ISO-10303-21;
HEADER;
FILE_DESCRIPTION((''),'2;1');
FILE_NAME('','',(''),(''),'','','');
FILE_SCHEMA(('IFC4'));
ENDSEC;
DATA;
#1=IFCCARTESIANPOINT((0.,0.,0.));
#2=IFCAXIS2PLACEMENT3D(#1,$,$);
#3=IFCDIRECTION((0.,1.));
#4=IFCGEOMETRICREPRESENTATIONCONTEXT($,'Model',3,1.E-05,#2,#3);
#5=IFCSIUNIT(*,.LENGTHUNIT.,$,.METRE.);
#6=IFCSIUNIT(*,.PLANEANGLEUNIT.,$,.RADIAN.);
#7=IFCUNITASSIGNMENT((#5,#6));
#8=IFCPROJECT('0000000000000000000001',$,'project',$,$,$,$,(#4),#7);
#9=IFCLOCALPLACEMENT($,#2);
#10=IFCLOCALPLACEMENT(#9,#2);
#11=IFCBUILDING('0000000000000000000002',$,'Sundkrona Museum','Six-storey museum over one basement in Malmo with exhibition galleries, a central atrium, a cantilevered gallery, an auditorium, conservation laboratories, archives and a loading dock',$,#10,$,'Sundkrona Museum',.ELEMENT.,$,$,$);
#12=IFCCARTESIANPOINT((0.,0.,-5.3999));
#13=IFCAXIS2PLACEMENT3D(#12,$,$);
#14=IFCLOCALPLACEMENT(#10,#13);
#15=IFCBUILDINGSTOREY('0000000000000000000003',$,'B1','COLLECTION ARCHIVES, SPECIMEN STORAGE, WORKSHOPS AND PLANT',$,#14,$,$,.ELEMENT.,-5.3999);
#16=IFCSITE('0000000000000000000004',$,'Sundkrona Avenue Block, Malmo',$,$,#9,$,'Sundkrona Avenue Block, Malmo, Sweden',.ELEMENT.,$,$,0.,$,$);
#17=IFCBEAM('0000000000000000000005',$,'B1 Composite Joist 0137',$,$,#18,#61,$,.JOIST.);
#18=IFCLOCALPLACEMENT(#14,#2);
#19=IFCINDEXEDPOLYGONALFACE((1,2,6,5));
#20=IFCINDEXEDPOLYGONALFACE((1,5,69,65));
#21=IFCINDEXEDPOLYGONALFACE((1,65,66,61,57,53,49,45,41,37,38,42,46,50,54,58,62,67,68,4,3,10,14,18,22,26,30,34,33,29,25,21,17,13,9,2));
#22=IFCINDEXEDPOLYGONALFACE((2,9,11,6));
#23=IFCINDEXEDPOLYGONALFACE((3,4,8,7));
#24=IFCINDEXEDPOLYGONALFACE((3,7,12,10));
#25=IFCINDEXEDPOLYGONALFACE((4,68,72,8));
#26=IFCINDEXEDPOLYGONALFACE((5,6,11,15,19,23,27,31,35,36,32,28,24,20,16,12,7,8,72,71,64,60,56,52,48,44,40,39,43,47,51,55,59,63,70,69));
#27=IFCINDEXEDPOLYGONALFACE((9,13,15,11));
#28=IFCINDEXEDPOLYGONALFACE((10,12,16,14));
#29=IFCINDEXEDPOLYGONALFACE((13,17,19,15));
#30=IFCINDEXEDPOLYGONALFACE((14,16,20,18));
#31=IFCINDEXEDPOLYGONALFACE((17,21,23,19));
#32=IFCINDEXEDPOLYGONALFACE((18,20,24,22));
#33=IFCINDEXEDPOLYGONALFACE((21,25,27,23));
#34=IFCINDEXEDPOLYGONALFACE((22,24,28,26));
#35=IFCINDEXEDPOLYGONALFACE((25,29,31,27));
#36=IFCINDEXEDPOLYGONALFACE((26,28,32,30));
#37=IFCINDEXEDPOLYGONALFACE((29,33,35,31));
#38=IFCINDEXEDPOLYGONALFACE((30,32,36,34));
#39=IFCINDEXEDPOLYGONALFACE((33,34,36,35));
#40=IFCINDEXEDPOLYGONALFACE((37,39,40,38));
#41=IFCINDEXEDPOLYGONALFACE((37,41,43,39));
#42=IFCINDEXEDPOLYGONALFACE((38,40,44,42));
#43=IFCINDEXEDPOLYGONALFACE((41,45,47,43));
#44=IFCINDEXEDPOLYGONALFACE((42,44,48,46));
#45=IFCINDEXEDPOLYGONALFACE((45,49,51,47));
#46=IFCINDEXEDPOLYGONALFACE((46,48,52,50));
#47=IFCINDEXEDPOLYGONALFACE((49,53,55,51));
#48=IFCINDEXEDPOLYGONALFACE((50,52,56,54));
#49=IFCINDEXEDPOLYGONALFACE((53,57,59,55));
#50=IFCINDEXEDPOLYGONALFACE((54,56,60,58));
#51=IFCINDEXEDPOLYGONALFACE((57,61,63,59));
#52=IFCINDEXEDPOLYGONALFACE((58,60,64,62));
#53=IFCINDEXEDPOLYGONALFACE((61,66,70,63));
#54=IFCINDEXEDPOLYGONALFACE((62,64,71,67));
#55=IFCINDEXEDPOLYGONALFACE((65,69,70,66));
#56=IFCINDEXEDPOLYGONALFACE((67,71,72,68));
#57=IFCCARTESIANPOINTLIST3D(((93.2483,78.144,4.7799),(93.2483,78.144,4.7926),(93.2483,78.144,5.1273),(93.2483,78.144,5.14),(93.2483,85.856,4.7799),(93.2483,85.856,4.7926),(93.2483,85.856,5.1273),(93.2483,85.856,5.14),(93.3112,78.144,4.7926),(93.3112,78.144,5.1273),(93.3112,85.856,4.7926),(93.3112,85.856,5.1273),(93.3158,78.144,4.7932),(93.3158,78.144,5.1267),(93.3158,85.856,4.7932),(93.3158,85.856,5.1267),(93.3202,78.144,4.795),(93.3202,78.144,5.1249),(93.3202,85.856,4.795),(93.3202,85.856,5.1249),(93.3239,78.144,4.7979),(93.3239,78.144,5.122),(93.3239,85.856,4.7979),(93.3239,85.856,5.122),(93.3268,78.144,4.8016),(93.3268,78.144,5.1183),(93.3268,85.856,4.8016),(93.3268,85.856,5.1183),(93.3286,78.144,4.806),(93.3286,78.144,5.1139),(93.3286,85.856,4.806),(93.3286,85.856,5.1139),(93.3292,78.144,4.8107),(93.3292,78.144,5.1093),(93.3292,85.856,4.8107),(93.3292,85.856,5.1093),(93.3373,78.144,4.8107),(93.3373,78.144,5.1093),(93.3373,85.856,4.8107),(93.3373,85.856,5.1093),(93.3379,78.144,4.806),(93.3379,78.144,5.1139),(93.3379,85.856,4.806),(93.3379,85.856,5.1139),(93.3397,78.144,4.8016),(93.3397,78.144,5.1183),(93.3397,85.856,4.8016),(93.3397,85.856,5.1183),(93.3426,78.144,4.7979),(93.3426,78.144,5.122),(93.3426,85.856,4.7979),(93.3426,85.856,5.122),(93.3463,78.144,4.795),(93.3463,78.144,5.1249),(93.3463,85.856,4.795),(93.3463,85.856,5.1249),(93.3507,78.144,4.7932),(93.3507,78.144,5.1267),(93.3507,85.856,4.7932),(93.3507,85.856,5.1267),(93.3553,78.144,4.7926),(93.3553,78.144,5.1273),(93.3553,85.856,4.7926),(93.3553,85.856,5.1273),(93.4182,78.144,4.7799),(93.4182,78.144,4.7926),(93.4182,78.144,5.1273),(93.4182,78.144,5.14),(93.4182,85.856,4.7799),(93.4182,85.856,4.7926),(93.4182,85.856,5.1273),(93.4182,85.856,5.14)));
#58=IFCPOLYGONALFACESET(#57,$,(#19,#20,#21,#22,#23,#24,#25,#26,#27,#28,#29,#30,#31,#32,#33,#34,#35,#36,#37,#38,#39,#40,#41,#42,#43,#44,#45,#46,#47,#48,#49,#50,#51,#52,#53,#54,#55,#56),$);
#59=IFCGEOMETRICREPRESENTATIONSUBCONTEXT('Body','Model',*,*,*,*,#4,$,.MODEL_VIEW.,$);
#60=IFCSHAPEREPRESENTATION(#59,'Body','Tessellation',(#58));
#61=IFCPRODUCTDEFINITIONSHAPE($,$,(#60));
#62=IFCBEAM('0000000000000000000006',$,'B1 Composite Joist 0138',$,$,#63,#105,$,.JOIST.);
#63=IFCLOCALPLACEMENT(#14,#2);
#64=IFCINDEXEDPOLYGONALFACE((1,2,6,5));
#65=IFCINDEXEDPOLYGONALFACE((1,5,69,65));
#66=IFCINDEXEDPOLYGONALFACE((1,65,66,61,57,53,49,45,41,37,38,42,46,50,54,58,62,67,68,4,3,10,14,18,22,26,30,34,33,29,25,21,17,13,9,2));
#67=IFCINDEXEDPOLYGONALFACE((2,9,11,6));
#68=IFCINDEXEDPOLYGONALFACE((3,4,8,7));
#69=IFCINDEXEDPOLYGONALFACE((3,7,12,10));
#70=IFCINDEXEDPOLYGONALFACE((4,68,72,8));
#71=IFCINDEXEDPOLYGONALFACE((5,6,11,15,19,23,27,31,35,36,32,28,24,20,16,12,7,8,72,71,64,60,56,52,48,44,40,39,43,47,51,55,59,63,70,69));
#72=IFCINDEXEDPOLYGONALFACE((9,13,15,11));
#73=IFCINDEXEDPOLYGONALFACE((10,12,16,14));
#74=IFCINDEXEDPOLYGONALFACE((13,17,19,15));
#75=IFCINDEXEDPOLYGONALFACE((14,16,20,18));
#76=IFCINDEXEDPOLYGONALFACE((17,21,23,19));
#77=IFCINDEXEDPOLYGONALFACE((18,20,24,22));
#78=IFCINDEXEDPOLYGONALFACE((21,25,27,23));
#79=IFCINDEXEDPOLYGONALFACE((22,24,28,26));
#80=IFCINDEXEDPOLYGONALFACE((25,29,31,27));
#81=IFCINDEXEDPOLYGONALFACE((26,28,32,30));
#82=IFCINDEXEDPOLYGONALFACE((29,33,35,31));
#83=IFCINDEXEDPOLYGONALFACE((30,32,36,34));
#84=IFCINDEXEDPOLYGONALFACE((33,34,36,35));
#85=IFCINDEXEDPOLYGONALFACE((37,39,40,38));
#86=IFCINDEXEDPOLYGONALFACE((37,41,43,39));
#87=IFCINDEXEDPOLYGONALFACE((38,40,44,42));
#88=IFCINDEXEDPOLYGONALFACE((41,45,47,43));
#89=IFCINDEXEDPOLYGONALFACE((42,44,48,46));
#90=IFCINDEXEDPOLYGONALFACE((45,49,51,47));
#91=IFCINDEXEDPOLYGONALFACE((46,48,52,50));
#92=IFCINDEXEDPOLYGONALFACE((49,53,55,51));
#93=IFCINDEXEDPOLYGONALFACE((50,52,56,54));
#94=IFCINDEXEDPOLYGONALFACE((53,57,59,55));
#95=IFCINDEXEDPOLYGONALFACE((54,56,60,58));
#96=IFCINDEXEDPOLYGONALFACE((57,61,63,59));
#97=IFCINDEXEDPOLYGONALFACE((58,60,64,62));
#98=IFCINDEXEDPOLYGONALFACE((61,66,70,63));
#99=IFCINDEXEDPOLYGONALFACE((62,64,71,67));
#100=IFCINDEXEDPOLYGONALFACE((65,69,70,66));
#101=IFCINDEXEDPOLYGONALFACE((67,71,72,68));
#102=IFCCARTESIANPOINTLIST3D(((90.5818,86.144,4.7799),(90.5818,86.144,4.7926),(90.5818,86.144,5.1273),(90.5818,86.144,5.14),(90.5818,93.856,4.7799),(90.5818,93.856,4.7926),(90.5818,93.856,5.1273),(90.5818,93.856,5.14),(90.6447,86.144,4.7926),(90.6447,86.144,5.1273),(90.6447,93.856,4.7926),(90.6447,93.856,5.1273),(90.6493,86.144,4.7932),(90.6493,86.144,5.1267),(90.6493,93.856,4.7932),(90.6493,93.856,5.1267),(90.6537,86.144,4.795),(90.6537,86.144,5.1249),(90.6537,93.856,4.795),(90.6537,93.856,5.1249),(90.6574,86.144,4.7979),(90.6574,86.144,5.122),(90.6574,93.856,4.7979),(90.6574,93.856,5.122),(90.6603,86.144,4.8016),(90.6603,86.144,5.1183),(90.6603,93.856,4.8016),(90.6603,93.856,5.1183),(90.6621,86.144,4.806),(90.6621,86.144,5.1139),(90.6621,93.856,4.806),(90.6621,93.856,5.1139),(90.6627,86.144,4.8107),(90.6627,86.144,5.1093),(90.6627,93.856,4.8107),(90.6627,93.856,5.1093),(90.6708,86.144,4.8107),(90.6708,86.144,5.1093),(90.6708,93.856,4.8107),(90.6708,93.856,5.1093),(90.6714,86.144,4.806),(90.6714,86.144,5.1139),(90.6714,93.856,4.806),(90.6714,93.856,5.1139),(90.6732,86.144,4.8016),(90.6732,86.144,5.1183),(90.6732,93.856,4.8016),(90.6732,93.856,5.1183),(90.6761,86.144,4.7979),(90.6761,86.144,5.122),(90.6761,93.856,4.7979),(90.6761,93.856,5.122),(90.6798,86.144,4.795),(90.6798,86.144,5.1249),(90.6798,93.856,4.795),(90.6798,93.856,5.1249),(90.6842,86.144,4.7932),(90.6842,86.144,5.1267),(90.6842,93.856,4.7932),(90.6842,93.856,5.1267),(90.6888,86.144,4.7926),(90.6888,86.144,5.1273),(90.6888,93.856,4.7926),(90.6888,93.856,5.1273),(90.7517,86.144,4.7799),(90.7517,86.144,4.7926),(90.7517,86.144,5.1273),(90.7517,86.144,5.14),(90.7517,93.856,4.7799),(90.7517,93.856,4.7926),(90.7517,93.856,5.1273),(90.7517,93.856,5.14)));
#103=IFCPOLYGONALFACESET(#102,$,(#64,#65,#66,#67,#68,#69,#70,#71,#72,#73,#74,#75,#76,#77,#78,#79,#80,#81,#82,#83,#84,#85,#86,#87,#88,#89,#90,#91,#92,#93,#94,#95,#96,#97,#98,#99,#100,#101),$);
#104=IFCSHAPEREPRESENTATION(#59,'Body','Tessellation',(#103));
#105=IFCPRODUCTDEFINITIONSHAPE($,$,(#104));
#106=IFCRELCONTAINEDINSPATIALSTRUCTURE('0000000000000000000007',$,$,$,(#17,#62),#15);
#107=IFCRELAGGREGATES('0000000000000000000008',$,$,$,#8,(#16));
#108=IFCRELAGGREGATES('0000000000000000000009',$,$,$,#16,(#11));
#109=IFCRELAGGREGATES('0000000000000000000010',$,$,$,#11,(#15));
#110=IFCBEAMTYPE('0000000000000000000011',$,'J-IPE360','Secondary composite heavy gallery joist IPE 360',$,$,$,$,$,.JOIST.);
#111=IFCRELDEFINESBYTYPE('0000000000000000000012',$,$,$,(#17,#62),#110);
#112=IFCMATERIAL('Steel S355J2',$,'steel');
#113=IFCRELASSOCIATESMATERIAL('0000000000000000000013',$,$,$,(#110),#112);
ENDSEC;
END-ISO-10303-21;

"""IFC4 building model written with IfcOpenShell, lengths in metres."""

from ifc_helpers import new_model, si_unit, direction, frame, origin, origin_2d, place, context, subcontext, project, spatial, i_section, extrude, material, material_profile, profile_set, type_object, element, save


model = new_model("IFC4")

# Units and contexts
model_context = context("Model", 3, precision=1e-05, world=origin(), true_north=direction((0.0, 1.0)))
body_context = subcontext(model_context, "Body", "Model", "MODEL_VIEW")
ifc_project = project(units=[si_unit("LENGTHUNIT", "METRE"), si_unit("PLANEANGLEUNIT", "RADIAN")], contexts=[model_context])

# Site, building, storey
site_placement = place(None, origin())
site = spatial("IfcSite", under=ifc_project, at=site_placement, Name="Sundkrona Avenue Block, Malmo", LongName="Sundkrona Avenue Block, Malmo, Sweden", CompositionType="ELEMENT", RefElevation=0.0)
building_placement = place(site_placement, origin())
building = spatial("IfcBuilding", under=site, at=building_placement, Name="Sundkrona Museum", Description="Six-storey museum over one basement in Malmo with exhibition galleries, a central atrium, a cantilevered gallery, an auditorium, conservation laboratories, archives and a loading dock", LongName="Sundkrona Museum", CompositionType="ELEMENT")
storey_placement = place(building_placement, frame((0.0, 0.0, -5.3999)))
storey = spatial("IfcBuildingStorey", under=building, at=storey_placement, Name="B1", Description="COLLECTION ARCHIVES, SPECIMEN STORAGE, WORKSHOPS AND PLANT", CompositionType="ELEMENT", Elevation=-5.3999)

# Beams
ifc_material_1 = material(Name="Steel S355J2", Category="steel")
ifc_material_profile_1 = material_profile(ifc_material_1, i_section(OverallWidth=0.1699, OverallDepth=0.3601, WebThickness=0.0081, FlangeThickness=0.0127, FilletRadius=0.0181, at=origin_2d()), Name="IPE 360")
ifc_profile_set_1 = profile_set([ifc_material_profile_1], Name="Steel S355J2")
beam_type_1 = type_object("IfcBeamType", Name="J-IPE360", Description="Secondary composite heavy gallery joist IPE 360", PredefinedType="JOIST", material=ifc_profile_set_1)
for number, where, z_axis, x_axis, name in (
    (1, (93.3333, 78.144, 4.96), (0.0, 1.0, 0.0), (-1.0, 0.0, 0.0), "B1 Composite Joist 0137"),
    (2, (90.6667, 86.144, 4.96), (0.0, 1.0, 0.0), (-1.0, 0.0, 0.0), "B1 Composite Joist 0138"),
):
    element("IfcBeam", number, at=place(storey_placement, frame(where, z_axis=z_axis, x_axis=x_axis)), inside=storey, type_object=beam_type_1, Name=name, PredefinedType="JOIST", context=body_context, shape_type="SweptSolid", body=[
        extrude(i_section(OverallWidth=0.1699, OverallDepth=0.3601, WebThickness=0.0081, FlangeThickness=0.0127, FilletRadius=0.0181, at=origin_2d()), origin(), (0.0, 0.0, 1.0), 7.7119),
    ])

save(model, "model.ifc")
